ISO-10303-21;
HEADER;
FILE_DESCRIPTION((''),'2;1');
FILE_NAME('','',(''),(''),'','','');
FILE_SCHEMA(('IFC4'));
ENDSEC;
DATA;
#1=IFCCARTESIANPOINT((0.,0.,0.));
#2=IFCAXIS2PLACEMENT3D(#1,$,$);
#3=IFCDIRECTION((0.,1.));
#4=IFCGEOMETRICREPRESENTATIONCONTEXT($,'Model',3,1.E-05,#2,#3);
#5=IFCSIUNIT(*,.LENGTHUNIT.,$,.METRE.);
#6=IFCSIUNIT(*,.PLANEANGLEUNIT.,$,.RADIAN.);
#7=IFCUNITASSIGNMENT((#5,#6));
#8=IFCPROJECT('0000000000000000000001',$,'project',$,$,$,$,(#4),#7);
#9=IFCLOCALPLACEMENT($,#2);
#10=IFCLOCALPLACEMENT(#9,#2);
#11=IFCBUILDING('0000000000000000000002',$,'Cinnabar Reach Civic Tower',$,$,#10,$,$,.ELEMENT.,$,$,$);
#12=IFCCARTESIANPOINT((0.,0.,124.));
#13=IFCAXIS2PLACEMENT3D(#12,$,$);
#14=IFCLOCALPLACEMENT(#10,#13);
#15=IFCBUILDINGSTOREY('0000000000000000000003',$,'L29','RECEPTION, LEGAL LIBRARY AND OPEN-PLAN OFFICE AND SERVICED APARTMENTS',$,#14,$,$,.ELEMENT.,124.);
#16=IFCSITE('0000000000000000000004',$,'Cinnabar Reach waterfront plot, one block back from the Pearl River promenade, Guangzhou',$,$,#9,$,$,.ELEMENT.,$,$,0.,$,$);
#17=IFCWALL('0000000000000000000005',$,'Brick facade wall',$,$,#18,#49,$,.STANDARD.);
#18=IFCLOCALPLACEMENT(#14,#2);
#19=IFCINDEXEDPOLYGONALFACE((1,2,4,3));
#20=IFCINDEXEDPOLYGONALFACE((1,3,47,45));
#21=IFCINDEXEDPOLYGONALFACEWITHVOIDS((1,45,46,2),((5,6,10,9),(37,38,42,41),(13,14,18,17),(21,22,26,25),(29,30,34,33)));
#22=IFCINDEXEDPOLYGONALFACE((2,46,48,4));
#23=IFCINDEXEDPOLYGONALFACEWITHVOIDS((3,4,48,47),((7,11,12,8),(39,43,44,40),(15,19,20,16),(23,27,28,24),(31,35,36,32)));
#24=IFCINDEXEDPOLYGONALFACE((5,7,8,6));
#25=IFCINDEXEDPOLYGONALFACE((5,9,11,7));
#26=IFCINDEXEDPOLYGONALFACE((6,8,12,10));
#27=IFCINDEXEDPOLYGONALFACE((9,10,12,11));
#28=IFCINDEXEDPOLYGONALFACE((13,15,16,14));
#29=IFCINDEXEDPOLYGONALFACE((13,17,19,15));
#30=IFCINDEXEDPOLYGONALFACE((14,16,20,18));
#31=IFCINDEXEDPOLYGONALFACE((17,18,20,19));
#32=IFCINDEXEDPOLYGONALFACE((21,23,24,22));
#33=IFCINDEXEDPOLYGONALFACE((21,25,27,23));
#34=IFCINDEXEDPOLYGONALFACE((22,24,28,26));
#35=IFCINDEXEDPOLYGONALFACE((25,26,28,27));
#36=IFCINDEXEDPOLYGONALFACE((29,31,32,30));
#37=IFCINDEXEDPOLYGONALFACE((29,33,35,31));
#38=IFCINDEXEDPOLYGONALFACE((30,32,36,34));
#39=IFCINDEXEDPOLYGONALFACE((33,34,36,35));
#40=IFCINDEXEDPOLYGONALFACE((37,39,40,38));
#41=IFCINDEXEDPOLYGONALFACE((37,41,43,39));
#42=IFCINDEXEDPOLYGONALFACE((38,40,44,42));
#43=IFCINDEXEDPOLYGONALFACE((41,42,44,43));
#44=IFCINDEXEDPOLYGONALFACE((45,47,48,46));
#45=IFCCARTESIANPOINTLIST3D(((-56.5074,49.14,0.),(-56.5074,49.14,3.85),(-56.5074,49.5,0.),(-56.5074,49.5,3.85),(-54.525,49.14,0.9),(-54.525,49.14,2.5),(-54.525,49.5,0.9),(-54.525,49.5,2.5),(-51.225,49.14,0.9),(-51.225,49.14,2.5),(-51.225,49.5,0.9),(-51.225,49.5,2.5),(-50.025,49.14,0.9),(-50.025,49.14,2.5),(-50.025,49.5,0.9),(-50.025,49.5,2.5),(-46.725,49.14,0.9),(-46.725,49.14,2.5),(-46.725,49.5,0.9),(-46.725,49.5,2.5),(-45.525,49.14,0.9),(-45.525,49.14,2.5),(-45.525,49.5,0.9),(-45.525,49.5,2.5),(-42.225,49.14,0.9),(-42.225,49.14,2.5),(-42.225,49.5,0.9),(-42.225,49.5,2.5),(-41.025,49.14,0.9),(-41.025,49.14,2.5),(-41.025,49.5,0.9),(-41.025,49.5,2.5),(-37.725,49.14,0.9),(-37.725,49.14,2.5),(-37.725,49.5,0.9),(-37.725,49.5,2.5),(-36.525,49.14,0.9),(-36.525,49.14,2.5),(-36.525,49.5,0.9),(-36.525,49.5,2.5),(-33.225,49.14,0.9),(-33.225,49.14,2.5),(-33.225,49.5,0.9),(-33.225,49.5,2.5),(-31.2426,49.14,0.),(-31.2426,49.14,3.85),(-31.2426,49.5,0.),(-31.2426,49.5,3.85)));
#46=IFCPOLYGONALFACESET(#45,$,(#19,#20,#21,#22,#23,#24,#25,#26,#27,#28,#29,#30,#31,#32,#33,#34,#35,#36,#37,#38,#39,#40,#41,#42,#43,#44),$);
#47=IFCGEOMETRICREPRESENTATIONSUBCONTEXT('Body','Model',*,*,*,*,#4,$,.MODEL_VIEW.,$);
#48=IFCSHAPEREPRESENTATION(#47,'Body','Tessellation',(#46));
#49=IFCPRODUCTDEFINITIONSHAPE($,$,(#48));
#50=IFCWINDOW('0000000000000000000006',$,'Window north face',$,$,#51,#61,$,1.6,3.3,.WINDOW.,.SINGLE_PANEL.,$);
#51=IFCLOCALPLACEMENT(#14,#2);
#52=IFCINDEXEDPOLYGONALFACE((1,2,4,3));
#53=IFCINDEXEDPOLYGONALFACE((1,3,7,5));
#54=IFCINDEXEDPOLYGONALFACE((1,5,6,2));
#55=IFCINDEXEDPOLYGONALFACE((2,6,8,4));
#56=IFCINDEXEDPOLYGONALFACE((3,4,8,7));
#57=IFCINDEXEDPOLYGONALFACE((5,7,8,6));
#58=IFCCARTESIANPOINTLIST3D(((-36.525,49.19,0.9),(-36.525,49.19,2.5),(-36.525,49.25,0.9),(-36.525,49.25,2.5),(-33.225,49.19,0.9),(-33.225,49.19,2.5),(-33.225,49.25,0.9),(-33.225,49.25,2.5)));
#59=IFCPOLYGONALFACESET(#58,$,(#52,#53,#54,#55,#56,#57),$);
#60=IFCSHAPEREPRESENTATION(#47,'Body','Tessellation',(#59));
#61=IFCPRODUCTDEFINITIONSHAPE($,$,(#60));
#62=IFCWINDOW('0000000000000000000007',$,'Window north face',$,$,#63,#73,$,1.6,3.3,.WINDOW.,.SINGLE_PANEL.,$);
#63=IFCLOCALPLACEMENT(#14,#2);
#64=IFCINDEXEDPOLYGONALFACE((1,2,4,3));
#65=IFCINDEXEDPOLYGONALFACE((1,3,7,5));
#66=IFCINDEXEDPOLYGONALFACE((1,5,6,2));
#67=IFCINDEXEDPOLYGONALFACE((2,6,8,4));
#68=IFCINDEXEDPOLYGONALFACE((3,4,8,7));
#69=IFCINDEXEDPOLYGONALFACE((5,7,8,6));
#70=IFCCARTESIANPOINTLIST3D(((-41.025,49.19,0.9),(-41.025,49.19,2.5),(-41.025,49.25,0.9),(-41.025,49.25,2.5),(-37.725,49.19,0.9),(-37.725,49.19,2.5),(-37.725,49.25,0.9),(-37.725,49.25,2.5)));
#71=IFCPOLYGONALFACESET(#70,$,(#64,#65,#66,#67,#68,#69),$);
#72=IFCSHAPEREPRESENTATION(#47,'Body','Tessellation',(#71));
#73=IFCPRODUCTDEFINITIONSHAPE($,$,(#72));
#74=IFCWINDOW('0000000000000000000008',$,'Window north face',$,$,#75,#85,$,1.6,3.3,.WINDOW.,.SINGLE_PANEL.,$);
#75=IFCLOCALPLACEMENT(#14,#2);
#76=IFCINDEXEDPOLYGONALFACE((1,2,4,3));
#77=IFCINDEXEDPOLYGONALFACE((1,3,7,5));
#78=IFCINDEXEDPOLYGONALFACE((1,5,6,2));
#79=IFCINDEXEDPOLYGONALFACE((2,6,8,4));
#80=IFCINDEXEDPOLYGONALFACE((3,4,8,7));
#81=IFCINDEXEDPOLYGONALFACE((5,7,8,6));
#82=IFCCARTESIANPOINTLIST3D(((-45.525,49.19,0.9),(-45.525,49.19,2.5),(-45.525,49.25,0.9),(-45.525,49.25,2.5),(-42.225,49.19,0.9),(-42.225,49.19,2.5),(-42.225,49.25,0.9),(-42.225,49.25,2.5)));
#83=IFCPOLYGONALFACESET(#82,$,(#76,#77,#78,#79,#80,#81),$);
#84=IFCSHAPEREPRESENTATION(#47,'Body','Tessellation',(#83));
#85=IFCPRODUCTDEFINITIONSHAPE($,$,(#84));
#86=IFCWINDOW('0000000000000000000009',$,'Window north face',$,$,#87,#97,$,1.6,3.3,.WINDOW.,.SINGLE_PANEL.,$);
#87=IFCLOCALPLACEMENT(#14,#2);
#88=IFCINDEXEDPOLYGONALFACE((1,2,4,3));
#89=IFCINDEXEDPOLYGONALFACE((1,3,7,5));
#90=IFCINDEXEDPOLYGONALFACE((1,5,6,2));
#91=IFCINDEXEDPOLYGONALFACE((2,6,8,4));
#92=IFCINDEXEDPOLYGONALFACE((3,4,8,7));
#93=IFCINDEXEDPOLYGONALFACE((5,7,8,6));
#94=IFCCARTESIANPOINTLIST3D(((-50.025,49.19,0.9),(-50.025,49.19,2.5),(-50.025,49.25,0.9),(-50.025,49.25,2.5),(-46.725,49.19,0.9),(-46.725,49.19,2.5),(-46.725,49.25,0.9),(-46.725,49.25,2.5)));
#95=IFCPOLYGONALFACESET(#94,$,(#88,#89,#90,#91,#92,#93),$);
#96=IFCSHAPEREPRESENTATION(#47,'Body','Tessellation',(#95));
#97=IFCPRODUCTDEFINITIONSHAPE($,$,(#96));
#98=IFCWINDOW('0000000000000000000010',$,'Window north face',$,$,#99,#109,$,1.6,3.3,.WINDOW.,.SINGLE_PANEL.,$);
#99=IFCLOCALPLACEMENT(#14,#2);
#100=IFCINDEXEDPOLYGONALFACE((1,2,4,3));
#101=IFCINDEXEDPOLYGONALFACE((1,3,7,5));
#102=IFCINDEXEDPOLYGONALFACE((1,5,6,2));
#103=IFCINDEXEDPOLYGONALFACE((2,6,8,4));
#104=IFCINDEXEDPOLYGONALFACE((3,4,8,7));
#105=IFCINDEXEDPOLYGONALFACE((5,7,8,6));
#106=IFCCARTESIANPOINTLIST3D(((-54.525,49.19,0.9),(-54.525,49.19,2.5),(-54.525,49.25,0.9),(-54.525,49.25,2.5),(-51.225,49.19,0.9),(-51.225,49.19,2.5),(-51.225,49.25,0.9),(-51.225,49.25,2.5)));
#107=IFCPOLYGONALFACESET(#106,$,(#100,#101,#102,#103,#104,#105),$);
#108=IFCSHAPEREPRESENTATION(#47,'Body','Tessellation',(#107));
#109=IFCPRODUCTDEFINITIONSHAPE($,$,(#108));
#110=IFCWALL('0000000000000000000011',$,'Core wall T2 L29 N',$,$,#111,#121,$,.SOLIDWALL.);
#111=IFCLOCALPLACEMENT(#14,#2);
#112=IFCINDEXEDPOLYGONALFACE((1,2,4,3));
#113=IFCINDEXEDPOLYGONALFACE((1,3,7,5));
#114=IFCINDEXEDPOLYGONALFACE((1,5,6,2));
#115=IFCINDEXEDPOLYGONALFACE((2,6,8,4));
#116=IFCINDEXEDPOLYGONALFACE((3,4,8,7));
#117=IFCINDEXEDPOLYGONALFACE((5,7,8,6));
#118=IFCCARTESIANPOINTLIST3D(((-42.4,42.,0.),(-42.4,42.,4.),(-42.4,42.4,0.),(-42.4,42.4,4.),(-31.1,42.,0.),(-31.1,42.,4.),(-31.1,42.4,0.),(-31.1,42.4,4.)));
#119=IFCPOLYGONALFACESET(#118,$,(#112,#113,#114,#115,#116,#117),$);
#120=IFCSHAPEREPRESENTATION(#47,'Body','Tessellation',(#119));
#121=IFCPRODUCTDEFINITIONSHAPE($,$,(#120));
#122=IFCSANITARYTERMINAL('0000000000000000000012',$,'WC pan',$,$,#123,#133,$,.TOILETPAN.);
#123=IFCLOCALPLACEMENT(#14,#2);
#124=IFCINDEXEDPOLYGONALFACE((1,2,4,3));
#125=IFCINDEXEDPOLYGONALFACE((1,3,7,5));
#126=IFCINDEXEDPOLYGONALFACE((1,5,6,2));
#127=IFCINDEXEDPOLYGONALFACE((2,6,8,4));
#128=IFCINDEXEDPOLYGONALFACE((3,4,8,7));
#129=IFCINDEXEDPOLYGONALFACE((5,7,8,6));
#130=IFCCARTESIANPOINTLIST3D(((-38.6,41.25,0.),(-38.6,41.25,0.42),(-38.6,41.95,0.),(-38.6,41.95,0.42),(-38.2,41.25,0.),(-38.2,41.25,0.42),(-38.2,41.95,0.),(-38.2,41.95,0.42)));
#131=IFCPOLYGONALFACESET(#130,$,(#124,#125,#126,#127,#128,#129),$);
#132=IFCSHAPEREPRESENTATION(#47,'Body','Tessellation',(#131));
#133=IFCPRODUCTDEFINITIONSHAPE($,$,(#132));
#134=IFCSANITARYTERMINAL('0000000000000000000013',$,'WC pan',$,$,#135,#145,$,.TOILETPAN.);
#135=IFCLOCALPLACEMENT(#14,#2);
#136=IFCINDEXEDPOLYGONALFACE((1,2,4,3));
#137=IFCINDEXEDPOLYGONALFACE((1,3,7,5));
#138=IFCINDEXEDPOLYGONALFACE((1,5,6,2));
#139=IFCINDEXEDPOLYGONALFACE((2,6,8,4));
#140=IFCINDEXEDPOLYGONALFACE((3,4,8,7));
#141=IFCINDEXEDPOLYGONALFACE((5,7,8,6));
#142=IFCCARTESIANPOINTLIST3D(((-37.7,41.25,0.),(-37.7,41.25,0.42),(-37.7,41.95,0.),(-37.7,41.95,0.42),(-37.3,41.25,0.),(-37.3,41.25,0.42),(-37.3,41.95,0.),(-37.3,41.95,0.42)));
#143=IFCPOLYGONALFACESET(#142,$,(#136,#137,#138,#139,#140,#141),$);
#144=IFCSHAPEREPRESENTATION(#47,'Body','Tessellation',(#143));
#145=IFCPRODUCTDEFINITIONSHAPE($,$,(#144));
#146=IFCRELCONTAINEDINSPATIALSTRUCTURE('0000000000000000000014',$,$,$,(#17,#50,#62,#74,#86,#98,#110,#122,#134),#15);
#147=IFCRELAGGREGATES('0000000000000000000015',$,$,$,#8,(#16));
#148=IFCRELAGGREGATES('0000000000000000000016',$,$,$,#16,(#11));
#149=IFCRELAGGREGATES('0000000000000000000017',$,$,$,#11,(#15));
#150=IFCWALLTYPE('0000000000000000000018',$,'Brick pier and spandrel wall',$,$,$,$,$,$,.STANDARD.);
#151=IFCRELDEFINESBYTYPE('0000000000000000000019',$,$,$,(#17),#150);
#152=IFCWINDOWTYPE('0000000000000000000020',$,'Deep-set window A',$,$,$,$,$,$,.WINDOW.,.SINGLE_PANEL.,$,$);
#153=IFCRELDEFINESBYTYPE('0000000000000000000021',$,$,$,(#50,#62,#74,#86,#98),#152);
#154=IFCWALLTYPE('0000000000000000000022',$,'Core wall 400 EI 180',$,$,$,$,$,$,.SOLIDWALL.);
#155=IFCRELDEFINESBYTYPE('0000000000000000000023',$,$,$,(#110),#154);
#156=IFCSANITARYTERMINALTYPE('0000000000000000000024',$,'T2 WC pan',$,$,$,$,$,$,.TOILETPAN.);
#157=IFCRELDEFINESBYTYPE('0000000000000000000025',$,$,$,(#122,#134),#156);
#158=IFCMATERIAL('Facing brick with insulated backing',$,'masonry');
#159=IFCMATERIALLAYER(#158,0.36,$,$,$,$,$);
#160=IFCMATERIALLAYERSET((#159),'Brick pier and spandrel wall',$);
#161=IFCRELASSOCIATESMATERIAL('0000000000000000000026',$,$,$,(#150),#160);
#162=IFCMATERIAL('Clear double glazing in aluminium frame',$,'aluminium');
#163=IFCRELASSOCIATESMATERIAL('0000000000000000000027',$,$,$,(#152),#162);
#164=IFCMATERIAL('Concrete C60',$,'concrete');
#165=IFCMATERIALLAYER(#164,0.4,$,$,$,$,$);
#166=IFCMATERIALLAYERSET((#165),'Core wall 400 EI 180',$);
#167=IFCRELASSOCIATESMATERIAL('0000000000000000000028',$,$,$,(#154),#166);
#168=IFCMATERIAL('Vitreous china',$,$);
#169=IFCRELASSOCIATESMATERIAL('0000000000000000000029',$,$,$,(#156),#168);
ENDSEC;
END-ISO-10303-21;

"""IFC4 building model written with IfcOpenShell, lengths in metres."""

from ifc_helpers import new_model, si_unit, direction, frame, frame_2d, origin, origin_2d, place, context, subcontext, project, spatial, rectangle, extrude, material, layer, layer_set, type_object, element, fill, save


model = new_model("IFC4")

# Units and contexts
model_context = context("Model", 3, precision=1e-05, world=origin(), true_north=direction((0.0, 1.0)))
body_context = subcontext(model_context, "Body", "Model", "MODEL_VIEW")
ifc_project = project(units=[si_unit("LENGTHUNIT", "METRE"), si_unit("PLANEANGLEUNIT", "RADIAN")], contexts=[model_context])

# Site, building, storey
site_placement = place(None, origin())
site = spatial("IfcSite", under=ifc_project, at=site_placement, Name="Cinnabar Reach waterfront plot, one block back from the Pearl River promenade, Guangzhou", CompositionType="ELEMENT", RefElevation=0.0)
building_placement = place(site_placement, origin())
building = spatial("IfcBuilding", under=site, at=building_placement, Name="Cinnabar Reach Civic Tower", CompositionType="ELEMENT")
storey_placement = place(building_placement, frame((0.0, 0.0, 124.0)))
storey = spatial("IfcBuildingStorey", under=building, at=storey_placement, Name="L29", Description="RECEPTION, LEGAL LIBRARY AND OPEN-PLAN OFFICE AND SERVICED APARTMENTS", CompositionType="ELEMENT", Elevation=124.0)

# Shared definitions
ifc_material_1 = material(Name="Concrete C60", Category="concrete")

# Shared definitions
ifc_material_2 = material(Name="Facing brick with insulated backing", Category="masonry")

# Wall, openings, windows
ifc_layer_1 = layer(ifc_material_2, 0.36)
ifc_layer_set_1 = layer_set([ifc_layer_1], Name="Brick pier and spandrel wall")
wall_type_1 = type_object("IfcWallType", Name="Brick pier and spandrel wall", PredefinedType="STANDARD", material=ifc_layer_set_1)
wall_1_placement = place(storey_placement, frame((-31.2426, 49.32, 0.0), z_axis=(0.0, 0.0, 1.0), x_axis=(-1.0, 0.0, 0.0)))
wall_1 = element("IfcWall", 1, at=wall_1_placement, inside=storey, type_object=wall_type_1, Name="Brick facade wall", PredefinedType="STANDARD", context=body_context, shape_type="SweptSolid", body=[
    extrude(rectangle(XDim=25.2648, YDim=0.36, at=frame_2d((12.6324, 0.0))), origin(), (0.0, 0.0, 1.0), 3.85),
])
opening_1_placement = place(wall_1_placement, frame((1.9824, 0.0, 0.9)))
opening_1 = element("IfcOpeningElement", 2, at=opening_1_placement, cuts=wall_1, PredefinedType="OPENING", context=body_context, shape_type="SweptSolid", body=[
    extrude(rectangle(XDim=3.3, YDim=1.6, at=frame_2d((1.65, 0.8))), frame((0.0, 0.19, 0.0), z_axis=(0.0, -1.0, 0.0), x_axis=(1.0, 0.0, 0.0)), (0.0, 0.0, 1.0), 0.38),
])
opening_2_placement = place(wall_1_placement, frame((6.4824, 0.0, 0.9)))
opening_2 = element("IfcOpeningElement", 3, at=opening_2_placement, cuts=wall_1, PredefinedType="OPENING", context=body_context, shape_type="SweptSolid", body=[
    extrude(rectangle(XDim=3.3, YDim=1.6, at=frame_2d((1.65, 0.8))), frame((0.0, 0.19, 0.0), z_axis=(0.0, -1.0, 0.0), x_axis=(1.0, 0.0, 0.0)), (0.0, 0.0, 1.0), 0.38),
])
opening_3_placement = place(wall_1_placement, frame((10.9824, 0.0, 0.9)))
opening_3 = element("IfcOpeningElement", 4, at=opening_3_placement, cuts=wall_1, PredefinedType="OPENING", context=body_context, shape_type="SweptSolid", body=[
    extrude(rectangle(XDim=3.3, YDim=1.6, at=frame_2d((1.65, 0.8))), frame((0.0, 0.19, 0.0), z_axis=(0.0, -1.0, 0.0), x_axis=(1.0, 0.0, 0.0)), (0.0, 0.0, 1.0), 0.38),
])
opening_4_placement = place(wall_1_placement, frame((15.4824, 0.0, 0.9)))
opening_4 = element("IfcOpeningElement", 5, at=opening_4_placement, cuts=wall_1, PredefinedType="OPENING", context=body_context, shape_type="SweptSolid", body=[
    extrude(rectangle(XDim=3.3, YDim=1.6, at=frame_2d((1.65, 0.8))), frame((0.0, 0.19, 0.0), z_axis=(0.0, -1.0, 0.0), x_axis=(1.0, 0.0, 0.0)), (0.0, 0.0, 1.0), 0.38),
])
opening_5_placement = place(wall_1_placement, frame((19.9824, 0.0, 0.9)))
opening_5 = element("IfcOpeningElement", 6, at=opening_5_placement, cuts=wall_1, PredefinedType="OPENING", context=body_context, shape_type="SweptSolid", body=[
    extrude(rectangle(XDim=3.3, YDim=1.6, at=frame_2d((1.65, 0.8))), frame((0.0, 0.19, 0.0), z_axis=(0.0, -1.0, 0.0), x_axis=(1.0, 0.0, 0.0)), (0.0, 0.0, 1.0), 0.38),
])
ifc_material_3 = material(Name="Clear double glazing in aluminium frame", Category="aluminium")
window_type = type_object("IfcWindowType", Name="Deep-set window A", PartitioningType="SINGLE_PANEL", PredefinedType="WINDOW", material=ifc_material_3)
window_1_placement = place(opening_1_placement, origin())
window_1 = element("IfcWindow", 7, at=window_1_placement, inside=storey, type_object=window_type, Name="Window north face", OverallHeight=1.6, OverallWidth=3.3, PartitioningType="SINGLE_PANEL", PredefinedType="WINDOW", context=body_context, shape_type="SweptSolid", body=[
    extrude(rectangle(XDim=3.3, YDim=1.6, at=frame_2d((1.65, 0.8))), frame((0.0, 0.13, 0.0), z_axis=(0.0, -1.0, 0.0), x_axis=(1.0, 0.0, 0.0)), (0.0, 0.0, 1.0), 0.06),
])
fill(opening_1, window_1)
window_2_placement = place(opening_2_placement, origin())
window_2 = element("IfcWindow", 8, at=window_2_placement, inside=storey, type_object=window_type, Name="Window north face", OverallHeight=1.6, OverallWidth=3.3, PartitioningType="SINGLE_PANEL", PredefinedType="WINDOW", context=body_context, shape_type="SweptSolid", body=[
    extrude(rectangle(XDim=3.3, YDim=1.6, at=frame_2d((1.65, 0.8))), frame((0.0, 0.13, 0.0), z_axis=(0.0, -1.0, 0.0), x_axis=(1.0, 0.0, 0.0)), (0.0, 0.0, 1.0), 0.06),
])
fill(opening_2, window_2)
window_3_placement = place(opening_3_placement, origin())
window_3 = element("IfcWindow", 9, at=window_3_placement, inside=storey, type_object=window_type, Name="Window north face", OverallHeight=1.6, OverallWidth=3.3, PartitioningType="SINGLE_PANEL", PredefinedType="WINDOW", context=body_context, shape_type="SweptSolid", body=[
    extrude(rectangle(XDim=3.3, YDim=1.6, at=frame_2d((1.65, 0.8))), frame((0.0, 0.13, 0.0), z_axis=(0.0, -1.0, 0.0), x_axis=(1.0, 0.0, 0.0)), (0.0, 0.0, 1.0), 0.06),
])
fill(opening_3, window_3)
window_4_placement = place(opening_4_placement, origin())
window_4 = element("IfcWindow", 10, at=window_4_placement, inside=storey, type_object=window_type, Name="Window north face", OverallHeight=1.6, OverallWidth=3.3, PartitioningType="SINGLE_PANEL", PredefinedType="WINDOW", context=body_context, shape_type="SweptSolid", body=[
    extrude(rectangle(XDim=3.3, YDim=1.6, at=frame_2d((1.65, 0.8))), frame((0.0, 0.13, 0.0), z_axis=(0.0, -1.0, 0.0), x_axis=(1.0, 0.0, 0.0)), (0.0, 0.0, 1.0), 0.06),
])
fill(opening_4, window_4)
window_5_placement = place(opening_5_placement, origin())
window_5 = element("IfcWindow", 11, at=window_5_placement, inside=storey, type_object=window_type, Name="Window north face", OverallHeight=1.6, OverallWidth=3.3, PartitioningType="SINGLE_PANEL", PredefinedType="WINDOW", context=body_context, shape_type="SweptSolid", body=[
    extrude(rectangle(XDim=3.3, YDim=1.6, at=frame_2d((1.65, 0.8))), frame((0.0, 0.13, 0.0), z_axis=(0.0, -1.0, 0.0), x_axis=(1.0, 0.0, 0.0)), (0.0, 0.0, 1.0), 0.06),
])
fill(opening_5, window_5)

# Wall
ifc_layer_2 = layer(ifc_material_1, 0.4)
ifc_layer_set_2 = layer_set([ifc_layer_2], Name="Core wall 400 EI 180")
wall_type_2 = type_object("IfcWallType", Name="Core wall 400 EI 180", PredefinedType="SOLIDWALL", material=ifc_layer_set_2)
wall_2_placement = place(storey_placement, frame((-31.1, 42.2, 0.0), z_axis=(0.0, 0.0, 1.0), x_axis=(-1.0, 0.0, 0.0)))
element("IfcWall", 12, at=wall_2_placement, inside=storey, type_object=wall_type_2, Name="Core wall T2 L29 N", PredefinedType="SOLIDWALL", context=body_context, shape_type="SweptSolid", body=[
    extrude(rectangle(XDim=11.3, YDim=0.4, at=frame_2d((5.65, 0.0))), origin(), (0.0, 0.0, 1.0), 4.0),
])

# Sanitary terminals
ifc_material_4 = material(Name="Vitreous china")
sanitary_terminal_type = type_object("IfcSanitaryTerminalType", Name="T2 WC pan", PredefinedType="TOILETPAN", material=ifc_material_4)
for number, where, z_axis, x_axis, name in (
    (13, (-38.4, 41.6, 0.0), (0.0, 0.0, 1.0), (1.0, 0.0, 0.0), "WC pan"),
    (14, (-37.5, 41.6, 0.0), (0.0, 0.0, 1.0), (1.0, 0.0, 0.0), "WC pan"),
):
    element("IfcSanitaryTerminal", number, at=place(storey_placement, frame(where, z_axis=z_axis, x_axis=x_axis)), inside=storey, type_object=sanitary_terminal_type, Name=name, PredefinedType="TOILETPAN", context=body_context, shape_type="SweptSolid", body=[
        extrude(rectangle(XDim=0.4, YDim=0.7, at=origin_2d()), origin(), (0.0, 0.0, 1.0), 0.42),
    ])

save(model, "model.ifc")
